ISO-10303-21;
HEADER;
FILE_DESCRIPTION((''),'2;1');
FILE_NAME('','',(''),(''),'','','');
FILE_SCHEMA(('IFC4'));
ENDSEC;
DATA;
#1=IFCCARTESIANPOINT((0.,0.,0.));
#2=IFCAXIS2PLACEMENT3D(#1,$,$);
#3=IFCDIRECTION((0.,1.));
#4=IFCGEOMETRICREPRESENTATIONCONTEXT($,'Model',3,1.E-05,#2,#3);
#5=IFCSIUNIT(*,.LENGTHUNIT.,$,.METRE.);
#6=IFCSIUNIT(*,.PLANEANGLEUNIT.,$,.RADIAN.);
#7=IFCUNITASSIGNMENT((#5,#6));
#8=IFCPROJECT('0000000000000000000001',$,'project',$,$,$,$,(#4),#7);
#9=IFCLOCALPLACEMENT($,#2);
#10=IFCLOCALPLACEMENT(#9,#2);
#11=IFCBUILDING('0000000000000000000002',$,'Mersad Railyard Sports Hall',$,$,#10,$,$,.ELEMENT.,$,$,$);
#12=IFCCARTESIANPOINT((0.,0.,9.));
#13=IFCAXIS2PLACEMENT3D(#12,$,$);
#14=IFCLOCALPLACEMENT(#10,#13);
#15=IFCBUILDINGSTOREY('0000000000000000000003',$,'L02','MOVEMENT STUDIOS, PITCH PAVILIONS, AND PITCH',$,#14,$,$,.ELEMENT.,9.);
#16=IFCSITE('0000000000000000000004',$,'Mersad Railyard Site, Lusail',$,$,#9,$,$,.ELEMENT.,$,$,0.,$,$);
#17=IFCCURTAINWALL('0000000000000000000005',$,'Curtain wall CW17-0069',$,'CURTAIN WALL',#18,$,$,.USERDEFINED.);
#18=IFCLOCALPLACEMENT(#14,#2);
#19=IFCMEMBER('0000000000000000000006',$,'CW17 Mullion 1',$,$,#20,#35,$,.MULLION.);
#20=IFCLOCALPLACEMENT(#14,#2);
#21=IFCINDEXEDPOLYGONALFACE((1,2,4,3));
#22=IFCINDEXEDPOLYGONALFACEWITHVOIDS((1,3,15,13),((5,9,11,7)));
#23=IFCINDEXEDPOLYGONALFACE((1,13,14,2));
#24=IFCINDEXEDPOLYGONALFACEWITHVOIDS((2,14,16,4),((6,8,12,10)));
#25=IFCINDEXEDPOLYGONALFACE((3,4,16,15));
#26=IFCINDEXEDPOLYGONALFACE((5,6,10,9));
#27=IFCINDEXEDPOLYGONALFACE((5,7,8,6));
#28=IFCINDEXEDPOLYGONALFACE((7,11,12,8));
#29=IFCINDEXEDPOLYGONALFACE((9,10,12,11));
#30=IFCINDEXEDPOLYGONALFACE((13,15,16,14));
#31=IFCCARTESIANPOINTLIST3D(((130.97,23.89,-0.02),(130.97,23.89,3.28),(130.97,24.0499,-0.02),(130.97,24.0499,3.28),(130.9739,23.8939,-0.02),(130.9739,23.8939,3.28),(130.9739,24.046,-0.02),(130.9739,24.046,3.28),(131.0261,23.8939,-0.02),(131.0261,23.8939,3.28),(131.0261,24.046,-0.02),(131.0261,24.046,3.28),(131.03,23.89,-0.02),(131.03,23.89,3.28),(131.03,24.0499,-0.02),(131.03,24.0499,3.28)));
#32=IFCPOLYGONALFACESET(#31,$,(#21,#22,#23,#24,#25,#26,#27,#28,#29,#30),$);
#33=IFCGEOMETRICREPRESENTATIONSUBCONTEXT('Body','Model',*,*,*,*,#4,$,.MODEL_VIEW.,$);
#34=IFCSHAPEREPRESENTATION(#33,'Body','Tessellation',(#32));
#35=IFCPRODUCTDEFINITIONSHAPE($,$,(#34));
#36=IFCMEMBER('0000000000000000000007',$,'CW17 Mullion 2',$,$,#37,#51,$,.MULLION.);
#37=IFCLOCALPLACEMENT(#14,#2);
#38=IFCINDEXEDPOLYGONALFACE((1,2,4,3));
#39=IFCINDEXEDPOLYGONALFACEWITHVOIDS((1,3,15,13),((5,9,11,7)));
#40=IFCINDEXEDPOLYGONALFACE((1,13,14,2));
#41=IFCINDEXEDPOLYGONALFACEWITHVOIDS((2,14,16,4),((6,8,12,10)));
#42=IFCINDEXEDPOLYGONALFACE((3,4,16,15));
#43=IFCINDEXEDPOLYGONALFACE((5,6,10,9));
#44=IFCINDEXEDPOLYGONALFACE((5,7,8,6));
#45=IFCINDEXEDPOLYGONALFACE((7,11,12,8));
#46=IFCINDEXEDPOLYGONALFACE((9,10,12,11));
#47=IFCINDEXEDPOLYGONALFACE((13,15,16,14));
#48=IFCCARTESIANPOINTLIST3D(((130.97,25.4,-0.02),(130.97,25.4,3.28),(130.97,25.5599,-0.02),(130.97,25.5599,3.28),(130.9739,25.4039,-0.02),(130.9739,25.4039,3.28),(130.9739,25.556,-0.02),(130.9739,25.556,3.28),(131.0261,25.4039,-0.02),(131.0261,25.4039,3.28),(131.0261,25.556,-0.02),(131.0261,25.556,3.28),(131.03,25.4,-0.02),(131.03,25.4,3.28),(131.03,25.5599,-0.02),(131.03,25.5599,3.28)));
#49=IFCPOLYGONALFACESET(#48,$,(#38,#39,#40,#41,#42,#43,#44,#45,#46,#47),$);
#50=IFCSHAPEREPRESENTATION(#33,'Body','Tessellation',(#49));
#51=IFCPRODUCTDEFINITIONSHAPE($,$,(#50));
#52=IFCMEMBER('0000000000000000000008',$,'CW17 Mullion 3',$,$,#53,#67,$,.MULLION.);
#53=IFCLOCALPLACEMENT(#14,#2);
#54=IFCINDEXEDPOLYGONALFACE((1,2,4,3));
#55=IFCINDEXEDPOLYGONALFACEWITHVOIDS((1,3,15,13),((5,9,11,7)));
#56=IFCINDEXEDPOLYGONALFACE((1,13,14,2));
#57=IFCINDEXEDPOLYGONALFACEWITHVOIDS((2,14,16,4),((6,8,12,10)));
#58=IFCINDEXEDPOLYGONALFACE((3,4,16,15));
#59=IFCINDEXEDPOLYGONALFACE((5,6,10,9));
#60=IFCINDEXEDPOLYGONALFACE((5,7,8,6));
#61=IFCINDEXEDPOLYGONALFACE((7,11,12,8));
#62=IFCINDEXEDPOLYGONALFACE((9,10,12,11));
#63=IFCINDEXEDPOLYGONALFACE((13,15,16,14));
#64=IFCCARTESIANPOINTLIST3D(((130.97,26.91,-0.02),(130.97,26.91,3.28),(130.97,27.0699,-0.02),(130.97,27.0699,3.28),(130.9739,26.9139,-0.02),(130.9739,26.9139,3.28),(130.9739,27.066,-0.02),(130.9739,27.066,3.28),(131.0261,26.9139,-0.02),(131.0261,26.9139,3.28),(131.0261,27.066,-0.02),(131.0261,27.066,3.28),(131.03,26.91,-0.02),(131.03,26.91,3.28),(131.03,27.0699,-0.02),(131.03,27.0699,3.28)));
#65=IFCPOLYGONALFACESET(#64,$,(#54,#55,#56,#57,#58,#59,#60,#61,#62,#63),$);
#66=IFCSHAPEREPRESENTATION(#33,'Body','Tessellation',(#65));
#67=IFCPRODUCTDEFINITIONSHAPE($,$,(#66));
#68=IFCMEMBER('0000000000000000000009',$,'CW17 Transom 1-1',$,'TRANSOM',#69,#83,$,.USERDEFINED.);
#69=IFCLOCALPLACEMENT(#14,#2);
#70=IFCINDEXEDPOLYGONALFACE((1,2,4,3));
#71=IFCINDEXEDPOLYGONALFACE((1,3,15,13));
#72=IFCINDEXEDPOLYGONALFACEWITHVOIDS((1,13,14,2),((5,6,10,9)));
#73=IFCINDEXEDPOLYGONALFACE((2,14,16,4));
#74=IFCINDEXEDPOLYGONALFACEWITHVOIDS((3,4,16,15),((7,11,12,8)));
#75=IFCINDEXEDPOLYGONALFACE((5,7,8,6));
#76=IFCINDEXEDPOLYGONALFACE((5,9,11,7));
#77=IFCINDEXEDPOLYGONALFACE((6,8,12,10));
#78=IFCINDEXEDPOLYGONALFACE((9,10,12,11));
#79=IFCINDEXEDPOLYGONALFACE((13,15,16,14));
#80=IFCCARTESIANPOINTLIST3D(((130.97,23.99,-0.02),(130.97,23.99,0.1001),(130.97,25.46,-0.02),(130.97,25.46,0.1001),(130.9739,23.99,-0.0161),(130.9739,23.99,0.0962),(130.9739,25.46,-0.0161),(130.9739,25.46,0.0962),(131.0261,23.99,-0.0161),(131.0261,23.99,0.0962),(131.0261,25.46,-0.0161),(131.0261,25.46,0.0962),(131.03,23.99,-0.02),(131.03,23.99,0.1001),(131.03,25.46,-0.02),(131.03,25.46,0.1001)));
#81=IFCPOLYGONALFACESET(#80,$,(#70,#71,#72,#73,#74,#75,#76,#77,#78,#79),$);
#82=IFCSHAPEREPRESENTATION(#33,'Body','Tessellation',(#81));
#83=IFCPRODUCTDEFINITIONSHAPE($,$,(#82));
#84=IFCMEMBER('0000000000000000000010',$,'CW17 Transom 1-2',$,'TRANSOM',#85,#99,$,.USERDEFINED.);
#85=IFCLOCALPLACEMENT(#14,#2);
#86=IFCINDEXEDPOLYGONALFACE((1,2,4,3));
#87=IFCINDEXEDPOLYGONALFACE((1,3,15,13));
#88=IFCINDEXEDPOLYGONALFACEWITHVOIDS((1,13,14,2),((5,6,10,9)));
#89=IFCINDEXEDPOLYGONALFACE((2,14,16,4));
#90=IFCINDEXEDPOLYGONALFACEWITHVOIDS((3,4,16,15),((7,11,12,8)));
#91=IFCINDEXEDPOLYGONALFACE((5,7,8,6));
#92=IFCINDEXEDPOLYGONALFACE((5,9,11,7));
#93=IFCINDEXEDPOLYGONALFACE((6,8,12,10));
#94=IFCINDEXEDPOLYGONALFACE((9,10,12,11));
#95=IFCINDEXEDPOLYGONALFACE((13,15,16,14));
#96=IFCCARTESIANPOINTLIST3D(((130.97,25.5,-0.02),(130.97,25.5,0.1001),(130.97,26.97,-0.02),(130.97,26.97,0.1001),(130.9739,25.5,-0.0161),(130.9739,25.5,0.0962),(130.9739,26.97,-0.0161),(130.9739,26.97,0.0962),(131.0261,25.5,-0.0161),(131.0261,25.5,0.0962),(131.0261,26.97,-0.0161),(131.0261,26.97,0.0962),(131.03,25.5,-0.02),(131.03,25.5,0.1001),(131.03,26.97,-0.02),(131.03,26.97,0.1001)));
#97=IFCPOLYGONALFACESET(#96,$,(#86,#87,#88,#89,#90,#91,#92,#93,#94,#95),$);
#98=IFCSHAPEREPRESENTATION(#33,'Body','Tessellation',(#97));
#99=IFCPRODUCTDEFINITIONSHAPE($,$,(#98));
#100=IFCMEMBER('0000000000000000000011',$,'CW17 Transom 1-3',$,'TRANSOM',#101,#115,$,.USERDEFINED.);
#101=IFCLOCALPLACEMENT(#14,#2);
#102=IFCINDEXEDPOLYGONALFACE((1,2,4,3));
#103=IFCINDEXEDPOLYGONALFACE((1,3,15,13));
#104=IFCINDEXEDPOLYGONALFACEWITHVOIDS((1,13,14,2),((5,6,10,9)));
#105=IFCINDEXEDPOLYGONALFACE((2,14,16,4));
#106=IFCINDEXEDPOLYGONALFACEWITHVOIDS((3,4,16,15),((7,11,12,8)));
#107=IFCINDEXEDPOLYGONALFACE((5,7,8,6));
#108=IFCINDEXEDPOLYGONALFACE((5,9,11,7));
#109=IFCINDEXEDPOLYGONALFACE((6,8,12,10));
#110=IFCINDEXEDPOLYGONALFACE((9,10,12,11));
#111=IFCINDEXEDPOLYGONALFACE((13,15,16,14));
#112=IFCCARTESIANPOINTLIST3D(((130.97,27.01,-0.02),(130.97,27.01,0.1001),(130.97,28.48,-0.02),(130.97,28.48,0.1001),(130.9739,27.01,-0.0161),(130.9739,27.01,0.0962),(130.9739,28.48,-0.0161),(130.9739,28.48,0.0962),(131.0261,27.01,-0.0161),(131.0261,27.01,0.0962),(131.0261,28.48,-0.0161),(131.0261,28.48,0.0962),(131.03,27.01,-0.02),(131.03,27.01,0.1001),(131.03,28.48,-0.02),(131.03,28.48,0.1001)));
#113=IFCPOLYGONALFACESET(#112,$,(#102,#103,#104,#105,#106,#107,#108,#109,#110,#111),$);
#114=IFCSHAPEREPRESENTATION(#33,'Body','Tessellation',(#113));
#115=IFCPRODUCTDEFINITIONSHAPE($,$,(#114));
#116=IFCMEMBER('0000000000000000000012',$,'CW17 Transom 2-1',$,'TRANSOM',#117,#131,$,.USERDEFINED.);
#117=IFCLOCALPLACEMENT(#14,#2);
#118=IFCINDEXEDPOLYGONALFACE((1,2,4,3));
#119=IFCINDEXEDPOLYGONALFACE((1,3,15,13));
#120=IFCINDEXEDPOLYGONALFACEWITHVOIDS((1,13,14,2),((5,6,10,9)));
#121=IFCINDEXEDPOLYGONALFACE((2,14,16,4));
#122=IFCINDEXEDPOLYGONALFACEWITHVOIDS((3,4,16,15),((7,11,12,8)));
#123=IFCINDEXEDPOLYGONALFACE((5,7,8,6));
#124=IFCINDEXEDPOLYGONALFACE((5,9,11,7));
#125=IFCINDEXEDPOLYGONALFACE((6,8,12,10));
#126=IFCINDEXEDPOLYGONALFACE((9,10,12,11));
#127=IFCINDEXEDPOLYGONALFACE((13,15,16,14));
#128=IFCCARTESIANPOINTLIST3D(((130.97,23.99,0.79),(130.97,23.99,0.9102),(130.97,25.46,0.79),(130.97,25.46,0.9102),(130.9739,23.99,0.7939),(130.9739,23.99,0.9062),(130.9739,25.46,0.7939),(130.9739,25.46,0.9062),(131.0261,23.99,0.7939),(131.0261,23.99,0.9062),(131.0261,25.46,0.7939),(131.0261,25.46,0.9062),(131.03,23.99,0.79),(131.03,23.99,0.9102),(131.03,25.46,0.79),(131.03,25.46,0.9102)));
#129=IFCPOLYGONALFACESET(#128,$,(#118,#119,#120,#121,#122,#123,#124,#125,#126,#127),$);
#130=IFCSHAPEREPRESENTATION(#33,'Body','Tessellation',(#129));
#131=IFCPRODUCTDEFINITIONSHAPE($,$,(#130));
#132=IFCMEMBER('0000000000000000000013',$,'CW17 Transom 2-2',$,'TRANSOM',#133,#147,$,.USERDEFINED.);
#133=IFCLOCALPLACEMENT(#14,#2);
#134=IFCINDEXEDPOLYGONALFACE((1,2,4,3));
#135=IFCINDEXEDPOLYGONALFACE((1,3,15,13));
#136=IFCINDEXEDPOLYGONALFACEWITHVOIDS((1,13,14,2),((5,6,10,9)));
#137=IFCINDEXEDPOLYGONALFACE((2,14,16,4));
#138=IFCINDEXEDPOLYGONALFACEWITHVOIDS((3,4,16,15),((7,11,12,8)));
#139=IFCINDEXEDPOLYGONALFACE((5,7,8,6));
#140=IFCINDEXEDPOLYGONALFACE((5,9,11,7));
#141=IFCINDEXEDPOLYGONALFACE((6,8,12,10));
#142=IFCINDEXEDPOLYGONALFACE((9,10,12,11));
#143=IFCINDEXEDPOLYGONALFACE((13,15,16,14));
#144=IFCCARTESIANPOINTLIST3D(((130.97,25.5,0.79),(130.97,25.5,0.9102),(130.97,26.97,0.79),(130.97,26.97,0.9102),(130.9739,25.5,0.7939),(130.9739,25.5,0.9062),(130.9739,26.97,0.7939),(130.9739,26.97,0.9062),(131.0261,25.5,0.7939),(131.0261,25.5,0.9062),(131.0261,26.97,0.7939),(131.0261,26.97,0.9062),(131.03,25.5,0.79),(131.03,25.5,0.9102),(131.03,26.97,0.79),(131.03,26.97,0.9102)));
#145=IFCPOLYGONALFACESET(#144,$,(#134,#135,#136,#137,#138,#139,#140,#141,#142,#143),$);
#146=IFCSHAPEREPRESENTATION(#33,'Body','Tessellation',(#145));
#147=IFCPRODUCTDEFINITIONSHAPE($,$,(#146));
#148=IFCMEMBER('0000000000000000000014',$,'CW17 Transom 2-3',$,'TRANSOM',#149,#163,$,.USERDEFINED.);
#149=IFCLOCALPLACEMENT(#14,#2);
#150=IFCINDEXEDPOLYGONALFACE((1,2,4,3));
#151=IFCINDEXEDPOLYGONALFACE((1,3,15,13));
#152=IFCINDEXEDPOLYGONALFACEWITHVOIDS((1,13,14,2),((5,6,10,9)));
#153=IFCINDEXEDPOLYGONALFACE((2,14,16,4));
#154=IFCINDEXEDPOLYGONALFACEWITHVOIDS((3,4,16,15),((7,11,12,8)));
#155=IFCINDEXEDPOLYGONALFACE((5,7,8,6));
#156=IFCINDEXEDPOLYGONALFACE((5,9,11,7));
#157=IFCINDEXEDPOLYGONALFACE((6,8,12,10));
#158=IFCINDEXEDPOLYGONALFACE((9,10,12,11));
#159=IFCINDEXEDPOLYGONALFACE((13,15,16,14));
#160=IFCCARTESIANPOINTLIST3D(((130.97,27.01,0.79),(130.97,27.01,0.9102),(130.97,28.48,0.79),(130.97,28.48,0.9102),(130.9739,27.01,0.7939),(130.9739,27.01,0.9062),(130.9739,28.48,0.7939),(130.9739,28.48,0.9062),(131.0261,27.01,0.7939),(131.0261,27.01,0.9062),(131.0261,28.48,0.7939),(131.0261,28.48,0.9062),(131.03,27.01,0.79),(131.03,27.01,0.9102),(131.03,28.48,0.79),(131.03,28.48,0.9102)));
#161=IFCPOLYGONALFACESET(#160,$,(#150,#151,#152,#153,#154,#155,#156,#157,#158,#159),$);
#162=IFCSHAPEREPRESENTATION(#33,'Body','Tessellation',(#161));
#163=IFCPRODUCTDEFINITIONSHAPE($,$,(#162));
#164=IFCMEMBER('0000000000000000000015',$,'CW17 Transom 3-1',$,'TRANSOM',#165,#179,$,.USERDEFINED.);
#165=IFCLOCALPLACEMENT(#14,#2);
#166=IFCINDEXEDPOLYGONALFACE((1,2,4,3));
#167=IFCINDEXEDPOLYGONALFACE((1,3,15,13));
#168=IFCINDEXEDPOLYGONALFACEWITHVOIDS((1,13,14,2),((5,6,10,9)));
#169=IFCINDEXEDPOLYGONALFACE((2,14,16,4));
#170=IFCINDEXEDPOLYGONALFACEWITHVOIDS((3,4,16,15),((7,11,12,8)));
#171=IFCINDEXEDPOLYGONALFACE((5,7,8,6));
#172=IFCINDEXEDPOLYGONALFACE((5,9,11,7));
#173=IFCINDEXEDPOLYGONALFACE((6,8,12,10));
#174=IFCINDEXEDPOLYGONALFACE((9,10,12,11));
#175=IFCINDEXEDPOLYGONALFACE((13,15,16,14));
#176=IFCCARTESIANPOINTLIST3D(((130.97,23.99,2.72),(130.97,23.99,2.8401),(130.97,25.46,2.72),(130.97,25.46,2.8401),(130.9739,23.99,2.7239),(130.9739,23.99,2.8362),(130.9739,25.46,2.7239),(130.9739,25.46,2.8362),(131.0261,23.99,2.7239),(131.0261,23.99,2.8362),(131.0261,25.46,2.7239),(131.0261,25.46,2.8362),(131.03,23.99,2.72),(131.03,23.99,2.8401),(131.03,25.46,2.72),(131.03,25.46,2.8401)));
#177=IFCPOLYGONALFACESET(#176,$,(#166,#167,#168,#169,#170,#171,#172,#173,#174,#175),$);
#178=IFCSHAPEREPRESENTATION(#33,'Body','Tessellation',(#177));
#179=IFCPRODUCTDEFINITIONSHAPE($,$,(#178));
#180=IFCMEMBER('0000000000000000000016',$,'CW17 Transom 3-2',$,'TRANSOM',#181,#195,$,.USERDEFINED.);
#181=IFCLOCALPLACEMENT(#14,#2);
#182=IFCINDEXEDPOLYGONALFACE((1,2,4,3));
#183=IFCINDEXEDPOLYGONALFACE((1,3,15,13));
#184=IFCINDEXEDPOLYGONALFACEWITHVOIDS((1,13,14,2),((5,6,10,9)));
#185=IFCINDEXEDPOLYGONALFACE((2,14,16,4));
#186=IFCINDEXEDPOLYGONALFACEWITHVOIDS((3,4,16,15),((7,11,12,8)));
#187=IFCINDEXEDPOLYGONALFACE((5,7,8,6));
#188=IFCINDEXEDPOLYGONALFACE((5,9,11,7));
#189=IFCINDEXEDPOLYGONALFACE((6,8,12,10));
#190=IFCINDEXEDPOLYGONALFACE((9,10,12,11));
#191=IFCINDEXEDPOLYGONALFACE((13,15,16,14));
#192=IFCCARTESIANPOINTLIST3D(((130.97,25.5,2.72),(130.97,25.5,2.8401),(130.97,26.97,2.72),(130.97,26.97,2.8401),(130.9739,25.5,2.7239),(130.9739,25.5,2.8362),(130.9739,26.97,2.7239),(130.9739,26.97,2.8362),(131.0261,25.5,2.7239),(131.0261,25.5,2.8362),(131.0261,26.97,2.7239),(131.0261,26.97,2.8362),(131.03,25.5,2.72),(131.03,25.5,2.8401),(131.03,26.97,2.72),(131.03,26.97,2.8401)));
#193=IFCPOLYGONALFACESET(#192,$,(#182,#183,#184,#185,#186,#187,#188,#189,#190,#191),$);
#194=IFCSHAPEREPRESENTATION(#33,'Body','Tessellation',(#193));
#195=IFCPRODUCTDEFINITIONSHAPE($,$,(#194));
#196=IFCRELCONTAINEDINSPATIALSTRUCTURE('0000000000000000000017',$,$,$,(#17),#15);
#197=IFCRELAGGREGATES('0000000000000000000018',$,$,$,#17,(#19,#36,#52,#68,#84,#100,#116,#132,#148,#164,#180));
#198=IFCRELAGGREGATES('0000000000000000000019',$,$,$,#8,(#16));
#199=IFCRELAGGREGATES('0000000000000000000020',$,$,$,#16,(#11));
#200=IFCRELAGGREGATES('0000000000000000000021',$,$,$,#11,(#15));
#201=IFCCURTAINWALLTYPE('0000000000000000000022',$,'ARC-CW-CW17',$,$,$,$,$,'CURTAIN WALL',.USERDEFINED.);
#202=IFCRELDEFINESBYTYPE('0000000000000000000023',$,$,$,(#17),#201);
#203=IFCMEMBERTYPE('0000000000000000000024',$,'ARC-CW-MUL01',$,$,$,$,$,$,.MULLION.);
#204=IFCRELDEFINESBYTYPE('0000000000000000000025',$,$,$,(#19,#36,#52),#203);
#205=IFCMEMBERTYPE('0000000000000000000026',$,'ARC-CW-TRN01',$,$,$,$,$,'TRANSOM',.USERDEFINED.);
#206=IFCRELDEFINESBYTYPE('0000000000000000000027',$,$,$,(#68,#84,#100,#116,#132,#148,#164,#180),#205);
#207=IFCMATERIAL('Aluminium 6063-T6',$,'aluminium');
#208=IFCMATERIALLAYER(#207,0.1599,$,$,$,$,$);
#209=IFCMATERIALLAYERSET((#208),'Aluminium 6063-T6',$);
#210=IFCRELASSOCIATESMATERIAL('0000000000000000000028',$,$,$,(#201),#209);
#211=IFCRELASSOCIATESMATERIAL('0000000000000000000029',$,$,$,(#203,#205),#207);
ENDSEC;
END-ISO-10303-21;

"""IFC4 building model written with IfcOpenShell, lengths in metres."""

from ifc_helpers import new_model, si_unit, direction, frame, origin, origin_2d, place, context, subcontext, project, spatial, hollow_rectangle, extrude, material, layer, layer_set, material_profile, profile_set, type_object, element, aggregate, save


model = new_model("IFC4")

# Units and contexts
model_context = context("Model", 3, precision=1e-05, world=origin(), true_north=direction((0.0, 1.0)))
body_context = subcontext(model_context, "Body", "Model", "MODEL_VIEW")
ifc_project = project(units=[si_unit("LENGTHUNIT", "METRE"), si_unit("PLANEANGLEUNIT", "RADIAN")], contexts=[model_context])

# Site, building, storey
site_placement = place(None, origin())
site = spatial("IfcSite", under=ifc_project, at=site_placement, Name="Mersad Railyard Site, Lusail", CompositionType="ELEMENT", RefElevation=0.0)
building_placement = place(site_placement, origin())
building = spatial("IfcBuilding", under=site, at=building_placement, Name="Mersad Railyard Sports Hall", CompositionType="ELEMENT")
storey_placement = place(building_placement, frame((0.0, 0.0, 9.0)))
storey = spatial("IfcBuildingStorey", under=building, at=storey_placement, Name="L02", Description="MOVEMENT STUDIOS, PITCH PAVILIONS, AND PITCH", CompositionType="ELEMENT", Elevation=9.0)

# Curtain wall, members
ifc_material_1 = material(Name="Aluminium 6063-T6", Category="aluminium")
ifc_layer_1 = layer(ifc_material_1, 0.1599)
ifc_layer_set_1 = layer_set([ifc_layer_1], Name="Aluminium 6063-T6")
curtain_wall_type = type_object("IfcCurtainWallType", Name="ARC-CW-CW17", ElementType="CURTAIN WALL", PredefinedType="USERDEFINED", material=ifc_layer_set_1)
curtain_wall_placement = place(storey_placement, origin())
curtain_wall = element("IfcCurtainWall", 1, at=curtain_wall_placement, inside=storey, type_object=curtain_wall_type, Name="Curtain wall CW17-0069", ObjectType="CURTAIN WALL", PredefinedType="USERDEFINED")
ifc_material_profile_1 = material_profile(ifc_material_1, hollow_rectangle(XDim=0.0601, YDim=0.1599, WallThickness=0.0039, at=origin_2d()), Name="AL MULLION 60x160x4")
ifc_profile_set_1 = profile_set([ifc_material_profile_1], Name="Aluminium 6063-T6")
member_type_1 = type_object("IfcMemberType", Name="ARC-CW-MUL01", PredefinedType="MULLION", material=ifc_profile_set_1)
member_1_placement = place(storey_placement, frame((131.0, 23.97, -0.02), z_axis=(0.0, 0.0, 1.0), x_axis=(1.0, 0.0, 0.0)))
member_1 = element("IfcMember", 2, at=member_1_placement, type_object=member_type_1, Name="CW17 Mullion 1", PredefinedType="MULLION", context=body_context, shape_type="SweptSolid", body=[
    extrude(hollow_rectangle(XDim=0.0601, YDim=0.1599, WallThickness=0.0039, at=origin_2d()), origin(), (0.0, 0.0, 1.0), 3.3),
])
member_2_placement = place(storey_placement, frame((131.0, 25.48, -0.02), z_axis=(0.0, 0.0, 1.0), x_axis=(1.0, 0.0, 0.0)))
member_2 = element("IfcMember", 3, at=member_2_placement, type_object=member_type_1, Name="CW17 Mullion 2", PredefinedType="MULLION", context=body_context, shape_type="SweptSolid", body=[
    extrude(hollow_rectangle(XDim=0.0601, YDim=0.1599, WallThickness=0.0039, at=origin_2d()), origin(), (0.0, 0.0, 1.0), 3.3),
])
member_3_placement = place(storey_placement, frame((131.0, 26.99, -0.02), z_axis=(0.0, 0.0, 1.0), x_axis=(1.0, 0.0, 0.0)))
member_3 = element("IfcMember", 4, at=member_3_placement, type_object=member_type_1, Name="CW17 Mullion 3", PredefinedType="MULLION", context=body_context, shape_type="SweptSolid", body=[
    extrude(hollow_rectangle(XDim=0.0601, YDim=0.1599, WallThickness=0.0039, at=origin_2d()), origin(), (0.0, 0.0, 1.0), 3.3),
])
ifc_material_profile_2 = material_profile(ifc_material_1, hollow_rectangle(XDim=0.0601, YDim=0.1201, WallThickness=0.0039, at=origin_2d()), Name="AL TRANSOM 60x120x4")
ifc_profile_set_2 = profile_set([ifc_material_profile_2], Name="Aluminium 6063-T6")
member_type_2 = type_object("IfcMemberType", Name="ARC-CW-TRN01", ElementType="TRANSOM", PredefinedType="USERDEFINED", material=ifc_profile_set_2)
member_4_placement = place(storey_placement, frame((131.0, 23.99, 0.04), z_axis=(0.0, 1.0, 0.0), x_axis=(-1.0, 0.0, 0.0)))
member_4 = element("IfcMember", 5, at=member_4_placement, type_object=member_type_2, Name="CW17 Transom 1-1", ObjectType="TRANSOM", PredefinedType="USERDEFINED", context=body_context, shape_type="SweptSolid", body=[
    extrude(hollow_rectangle(XDim=0.0601, YDim=0.1201, WallThickness=0.0039, at=origin_2d()), origin(), (0.0, 0.0, 1.0), 1.47),
])
member_5_placement = place(storey_placement, frame((131.0, 25.5, 0.04), z_axis=(0.0, 1.0, 0.0), x_axis=(-1.0, 0.0, 0.0)))
member_5 = element("IfcMember", 6, at=member_5_placement, type_object=member_type_2, Name="CW17 Transom 1-2", ObjectType="TRANSOM", PredefinedType="USERDEFINED", context=body_context, shape_type="SweptSolid", body=[
    extrude(hollow_rectangle(XDim=0.0601, YDim=0.1201, WallThickness=0.0039, at=origin_2d()), origin(), (0.0, 0.0, 1.0), 1.47),
])
member_6_placement = place(storey_placement, frame((131.0, 27.01, 0.04), z_axis=(0.0, 1.0, 0.0), x_axis=(-1.0, 0.0, 0.0)))
member_6 = element("IfcMember", 7, at=member_6_placement, type_object=member_type_2, Name="CW17 Transom 1-3", ObjectType="TRANSOM", PredefinedType="USERDEFINED", context=body_context, shape_type="SweptSolid", body=[
    extrude(hollow_rectangle(XDim=0.0601, YDim=0.1201, WallThickness=0.0039, at=origin_2d()), origin(), (0.0, 0.0, 1.0), 1.47),
])
member_7_placement = place(storey_placement, frame((131.0, 23.99, 0.8501), z_axis=(0.0, 1.0, 0.0), x_axis=(-1.0, 0.0, 0.0)))
member_7 = element("IfcMember", 8, at=member_7_placement, type_object=member_type_2, Name="CW17 Transom 2-1", ObjectType="TRANSOM", PredefinedType="USERDEFINED", context=body_context, shape_type="SweptSolid", body=[
    extrude(hollow_rectangle(XDim=0.0601, YDim=0.1201, WallThickness=0.0039, at=origin_2d()), origin(), (0.0, 0.0, 1.0), 1.47),
])
member_8_placement = place(storey_placement, frame((131.0, 25.5, 0.8501), z_axis=(0.0, 1.0, 0.0), x_axis=(-1.0, 0.0, 0.0)))
member_8 = element("IfcMember", 9, at=member_8_placement, type_object=member_type_2, Name="CW17 Transom 2-2", ObjectType="TRANSOM", PredefinedType="USERDEFINED", context=body_context, shape_type="SweptSolid", body=[
    extrude(hollow_rectangle(XDim=0.0601, YDim=0.1201, WallThickness=0.0039, at=origin_2d()), origin(), (0.0, 0.0, 1.0), 1.47),
])
member_9_placement = place(storey_placement, frame((131.0, 27.01, 0.8501), z_axis=(0.0, 1.0, 0.0), x_axis=(-1.0, 0.0, 0.0)))
member_9 = element("IfcMember", 10, at=member_9_placement, type_object=member_type_2, Name="CW17 Transom 2-3", ObjectType="TRANSOM", PredefinedType="USERDEFINED", context=body_context, shape_type="SweptSolid", body=[
    extrude(hollow_rectangle(XDim=0.0601, YDim=0.1201, WallThickness=0.0039, at=origin_2d()), origin(), (0.0, 0.0, 1.0), 1.47),
])
member_10_placement = place(storey_placement, frame((131.0, 23.99, 2.78), z_axis=(0.0, 1.0, 0.0), x_axis=(-1.0, 0.0, 0.0)))
member_10 = element("IfcMember", 11, at=member_10_placement, type_object=member_type_2, Name="CW17 Transom 3-1", ObjectType="TRANSOM", PredefinedType="USERDEFINED", context=body_context, shape_type="SweptSolid", body=[
    extrude(hollow_rectangle(XDim=0.0601, YDim=0.1201, WallThickness=0.0039, at=origin_2d()), origin(), (0.0, 0.0, 1.0), 1.47),
])
member_11_placement = place(storey_placement, frame((131.0, 25.5, 2.78), z_axis=(0.0, 1.0, 0.0), x_axis=(-1.0, 0.0, 0.0)))
member_11 = element("IfcMember", 12, at=member_11_placement, type_object=member_type_2, Name="CW17 Transom 3-2", ObjectType="TRANSOM", PredefinedType="USERDEFINED", context=body_context, shape_type="SweptSolid", body=[
    extrude(hollow_rectangle(XDim=0.0601, YDim=0.1201, WallThickness=0.0039, at=origin_2d()), origin(), (0.0, 0.0, 1.0), 1.47),
])
aggregate(curtain_wall, [member_1, member_2, member_3, member_4, member_5, member_6, member_7, member_8, member_9, member_10, member_11])

save(model, "model.ifc")
